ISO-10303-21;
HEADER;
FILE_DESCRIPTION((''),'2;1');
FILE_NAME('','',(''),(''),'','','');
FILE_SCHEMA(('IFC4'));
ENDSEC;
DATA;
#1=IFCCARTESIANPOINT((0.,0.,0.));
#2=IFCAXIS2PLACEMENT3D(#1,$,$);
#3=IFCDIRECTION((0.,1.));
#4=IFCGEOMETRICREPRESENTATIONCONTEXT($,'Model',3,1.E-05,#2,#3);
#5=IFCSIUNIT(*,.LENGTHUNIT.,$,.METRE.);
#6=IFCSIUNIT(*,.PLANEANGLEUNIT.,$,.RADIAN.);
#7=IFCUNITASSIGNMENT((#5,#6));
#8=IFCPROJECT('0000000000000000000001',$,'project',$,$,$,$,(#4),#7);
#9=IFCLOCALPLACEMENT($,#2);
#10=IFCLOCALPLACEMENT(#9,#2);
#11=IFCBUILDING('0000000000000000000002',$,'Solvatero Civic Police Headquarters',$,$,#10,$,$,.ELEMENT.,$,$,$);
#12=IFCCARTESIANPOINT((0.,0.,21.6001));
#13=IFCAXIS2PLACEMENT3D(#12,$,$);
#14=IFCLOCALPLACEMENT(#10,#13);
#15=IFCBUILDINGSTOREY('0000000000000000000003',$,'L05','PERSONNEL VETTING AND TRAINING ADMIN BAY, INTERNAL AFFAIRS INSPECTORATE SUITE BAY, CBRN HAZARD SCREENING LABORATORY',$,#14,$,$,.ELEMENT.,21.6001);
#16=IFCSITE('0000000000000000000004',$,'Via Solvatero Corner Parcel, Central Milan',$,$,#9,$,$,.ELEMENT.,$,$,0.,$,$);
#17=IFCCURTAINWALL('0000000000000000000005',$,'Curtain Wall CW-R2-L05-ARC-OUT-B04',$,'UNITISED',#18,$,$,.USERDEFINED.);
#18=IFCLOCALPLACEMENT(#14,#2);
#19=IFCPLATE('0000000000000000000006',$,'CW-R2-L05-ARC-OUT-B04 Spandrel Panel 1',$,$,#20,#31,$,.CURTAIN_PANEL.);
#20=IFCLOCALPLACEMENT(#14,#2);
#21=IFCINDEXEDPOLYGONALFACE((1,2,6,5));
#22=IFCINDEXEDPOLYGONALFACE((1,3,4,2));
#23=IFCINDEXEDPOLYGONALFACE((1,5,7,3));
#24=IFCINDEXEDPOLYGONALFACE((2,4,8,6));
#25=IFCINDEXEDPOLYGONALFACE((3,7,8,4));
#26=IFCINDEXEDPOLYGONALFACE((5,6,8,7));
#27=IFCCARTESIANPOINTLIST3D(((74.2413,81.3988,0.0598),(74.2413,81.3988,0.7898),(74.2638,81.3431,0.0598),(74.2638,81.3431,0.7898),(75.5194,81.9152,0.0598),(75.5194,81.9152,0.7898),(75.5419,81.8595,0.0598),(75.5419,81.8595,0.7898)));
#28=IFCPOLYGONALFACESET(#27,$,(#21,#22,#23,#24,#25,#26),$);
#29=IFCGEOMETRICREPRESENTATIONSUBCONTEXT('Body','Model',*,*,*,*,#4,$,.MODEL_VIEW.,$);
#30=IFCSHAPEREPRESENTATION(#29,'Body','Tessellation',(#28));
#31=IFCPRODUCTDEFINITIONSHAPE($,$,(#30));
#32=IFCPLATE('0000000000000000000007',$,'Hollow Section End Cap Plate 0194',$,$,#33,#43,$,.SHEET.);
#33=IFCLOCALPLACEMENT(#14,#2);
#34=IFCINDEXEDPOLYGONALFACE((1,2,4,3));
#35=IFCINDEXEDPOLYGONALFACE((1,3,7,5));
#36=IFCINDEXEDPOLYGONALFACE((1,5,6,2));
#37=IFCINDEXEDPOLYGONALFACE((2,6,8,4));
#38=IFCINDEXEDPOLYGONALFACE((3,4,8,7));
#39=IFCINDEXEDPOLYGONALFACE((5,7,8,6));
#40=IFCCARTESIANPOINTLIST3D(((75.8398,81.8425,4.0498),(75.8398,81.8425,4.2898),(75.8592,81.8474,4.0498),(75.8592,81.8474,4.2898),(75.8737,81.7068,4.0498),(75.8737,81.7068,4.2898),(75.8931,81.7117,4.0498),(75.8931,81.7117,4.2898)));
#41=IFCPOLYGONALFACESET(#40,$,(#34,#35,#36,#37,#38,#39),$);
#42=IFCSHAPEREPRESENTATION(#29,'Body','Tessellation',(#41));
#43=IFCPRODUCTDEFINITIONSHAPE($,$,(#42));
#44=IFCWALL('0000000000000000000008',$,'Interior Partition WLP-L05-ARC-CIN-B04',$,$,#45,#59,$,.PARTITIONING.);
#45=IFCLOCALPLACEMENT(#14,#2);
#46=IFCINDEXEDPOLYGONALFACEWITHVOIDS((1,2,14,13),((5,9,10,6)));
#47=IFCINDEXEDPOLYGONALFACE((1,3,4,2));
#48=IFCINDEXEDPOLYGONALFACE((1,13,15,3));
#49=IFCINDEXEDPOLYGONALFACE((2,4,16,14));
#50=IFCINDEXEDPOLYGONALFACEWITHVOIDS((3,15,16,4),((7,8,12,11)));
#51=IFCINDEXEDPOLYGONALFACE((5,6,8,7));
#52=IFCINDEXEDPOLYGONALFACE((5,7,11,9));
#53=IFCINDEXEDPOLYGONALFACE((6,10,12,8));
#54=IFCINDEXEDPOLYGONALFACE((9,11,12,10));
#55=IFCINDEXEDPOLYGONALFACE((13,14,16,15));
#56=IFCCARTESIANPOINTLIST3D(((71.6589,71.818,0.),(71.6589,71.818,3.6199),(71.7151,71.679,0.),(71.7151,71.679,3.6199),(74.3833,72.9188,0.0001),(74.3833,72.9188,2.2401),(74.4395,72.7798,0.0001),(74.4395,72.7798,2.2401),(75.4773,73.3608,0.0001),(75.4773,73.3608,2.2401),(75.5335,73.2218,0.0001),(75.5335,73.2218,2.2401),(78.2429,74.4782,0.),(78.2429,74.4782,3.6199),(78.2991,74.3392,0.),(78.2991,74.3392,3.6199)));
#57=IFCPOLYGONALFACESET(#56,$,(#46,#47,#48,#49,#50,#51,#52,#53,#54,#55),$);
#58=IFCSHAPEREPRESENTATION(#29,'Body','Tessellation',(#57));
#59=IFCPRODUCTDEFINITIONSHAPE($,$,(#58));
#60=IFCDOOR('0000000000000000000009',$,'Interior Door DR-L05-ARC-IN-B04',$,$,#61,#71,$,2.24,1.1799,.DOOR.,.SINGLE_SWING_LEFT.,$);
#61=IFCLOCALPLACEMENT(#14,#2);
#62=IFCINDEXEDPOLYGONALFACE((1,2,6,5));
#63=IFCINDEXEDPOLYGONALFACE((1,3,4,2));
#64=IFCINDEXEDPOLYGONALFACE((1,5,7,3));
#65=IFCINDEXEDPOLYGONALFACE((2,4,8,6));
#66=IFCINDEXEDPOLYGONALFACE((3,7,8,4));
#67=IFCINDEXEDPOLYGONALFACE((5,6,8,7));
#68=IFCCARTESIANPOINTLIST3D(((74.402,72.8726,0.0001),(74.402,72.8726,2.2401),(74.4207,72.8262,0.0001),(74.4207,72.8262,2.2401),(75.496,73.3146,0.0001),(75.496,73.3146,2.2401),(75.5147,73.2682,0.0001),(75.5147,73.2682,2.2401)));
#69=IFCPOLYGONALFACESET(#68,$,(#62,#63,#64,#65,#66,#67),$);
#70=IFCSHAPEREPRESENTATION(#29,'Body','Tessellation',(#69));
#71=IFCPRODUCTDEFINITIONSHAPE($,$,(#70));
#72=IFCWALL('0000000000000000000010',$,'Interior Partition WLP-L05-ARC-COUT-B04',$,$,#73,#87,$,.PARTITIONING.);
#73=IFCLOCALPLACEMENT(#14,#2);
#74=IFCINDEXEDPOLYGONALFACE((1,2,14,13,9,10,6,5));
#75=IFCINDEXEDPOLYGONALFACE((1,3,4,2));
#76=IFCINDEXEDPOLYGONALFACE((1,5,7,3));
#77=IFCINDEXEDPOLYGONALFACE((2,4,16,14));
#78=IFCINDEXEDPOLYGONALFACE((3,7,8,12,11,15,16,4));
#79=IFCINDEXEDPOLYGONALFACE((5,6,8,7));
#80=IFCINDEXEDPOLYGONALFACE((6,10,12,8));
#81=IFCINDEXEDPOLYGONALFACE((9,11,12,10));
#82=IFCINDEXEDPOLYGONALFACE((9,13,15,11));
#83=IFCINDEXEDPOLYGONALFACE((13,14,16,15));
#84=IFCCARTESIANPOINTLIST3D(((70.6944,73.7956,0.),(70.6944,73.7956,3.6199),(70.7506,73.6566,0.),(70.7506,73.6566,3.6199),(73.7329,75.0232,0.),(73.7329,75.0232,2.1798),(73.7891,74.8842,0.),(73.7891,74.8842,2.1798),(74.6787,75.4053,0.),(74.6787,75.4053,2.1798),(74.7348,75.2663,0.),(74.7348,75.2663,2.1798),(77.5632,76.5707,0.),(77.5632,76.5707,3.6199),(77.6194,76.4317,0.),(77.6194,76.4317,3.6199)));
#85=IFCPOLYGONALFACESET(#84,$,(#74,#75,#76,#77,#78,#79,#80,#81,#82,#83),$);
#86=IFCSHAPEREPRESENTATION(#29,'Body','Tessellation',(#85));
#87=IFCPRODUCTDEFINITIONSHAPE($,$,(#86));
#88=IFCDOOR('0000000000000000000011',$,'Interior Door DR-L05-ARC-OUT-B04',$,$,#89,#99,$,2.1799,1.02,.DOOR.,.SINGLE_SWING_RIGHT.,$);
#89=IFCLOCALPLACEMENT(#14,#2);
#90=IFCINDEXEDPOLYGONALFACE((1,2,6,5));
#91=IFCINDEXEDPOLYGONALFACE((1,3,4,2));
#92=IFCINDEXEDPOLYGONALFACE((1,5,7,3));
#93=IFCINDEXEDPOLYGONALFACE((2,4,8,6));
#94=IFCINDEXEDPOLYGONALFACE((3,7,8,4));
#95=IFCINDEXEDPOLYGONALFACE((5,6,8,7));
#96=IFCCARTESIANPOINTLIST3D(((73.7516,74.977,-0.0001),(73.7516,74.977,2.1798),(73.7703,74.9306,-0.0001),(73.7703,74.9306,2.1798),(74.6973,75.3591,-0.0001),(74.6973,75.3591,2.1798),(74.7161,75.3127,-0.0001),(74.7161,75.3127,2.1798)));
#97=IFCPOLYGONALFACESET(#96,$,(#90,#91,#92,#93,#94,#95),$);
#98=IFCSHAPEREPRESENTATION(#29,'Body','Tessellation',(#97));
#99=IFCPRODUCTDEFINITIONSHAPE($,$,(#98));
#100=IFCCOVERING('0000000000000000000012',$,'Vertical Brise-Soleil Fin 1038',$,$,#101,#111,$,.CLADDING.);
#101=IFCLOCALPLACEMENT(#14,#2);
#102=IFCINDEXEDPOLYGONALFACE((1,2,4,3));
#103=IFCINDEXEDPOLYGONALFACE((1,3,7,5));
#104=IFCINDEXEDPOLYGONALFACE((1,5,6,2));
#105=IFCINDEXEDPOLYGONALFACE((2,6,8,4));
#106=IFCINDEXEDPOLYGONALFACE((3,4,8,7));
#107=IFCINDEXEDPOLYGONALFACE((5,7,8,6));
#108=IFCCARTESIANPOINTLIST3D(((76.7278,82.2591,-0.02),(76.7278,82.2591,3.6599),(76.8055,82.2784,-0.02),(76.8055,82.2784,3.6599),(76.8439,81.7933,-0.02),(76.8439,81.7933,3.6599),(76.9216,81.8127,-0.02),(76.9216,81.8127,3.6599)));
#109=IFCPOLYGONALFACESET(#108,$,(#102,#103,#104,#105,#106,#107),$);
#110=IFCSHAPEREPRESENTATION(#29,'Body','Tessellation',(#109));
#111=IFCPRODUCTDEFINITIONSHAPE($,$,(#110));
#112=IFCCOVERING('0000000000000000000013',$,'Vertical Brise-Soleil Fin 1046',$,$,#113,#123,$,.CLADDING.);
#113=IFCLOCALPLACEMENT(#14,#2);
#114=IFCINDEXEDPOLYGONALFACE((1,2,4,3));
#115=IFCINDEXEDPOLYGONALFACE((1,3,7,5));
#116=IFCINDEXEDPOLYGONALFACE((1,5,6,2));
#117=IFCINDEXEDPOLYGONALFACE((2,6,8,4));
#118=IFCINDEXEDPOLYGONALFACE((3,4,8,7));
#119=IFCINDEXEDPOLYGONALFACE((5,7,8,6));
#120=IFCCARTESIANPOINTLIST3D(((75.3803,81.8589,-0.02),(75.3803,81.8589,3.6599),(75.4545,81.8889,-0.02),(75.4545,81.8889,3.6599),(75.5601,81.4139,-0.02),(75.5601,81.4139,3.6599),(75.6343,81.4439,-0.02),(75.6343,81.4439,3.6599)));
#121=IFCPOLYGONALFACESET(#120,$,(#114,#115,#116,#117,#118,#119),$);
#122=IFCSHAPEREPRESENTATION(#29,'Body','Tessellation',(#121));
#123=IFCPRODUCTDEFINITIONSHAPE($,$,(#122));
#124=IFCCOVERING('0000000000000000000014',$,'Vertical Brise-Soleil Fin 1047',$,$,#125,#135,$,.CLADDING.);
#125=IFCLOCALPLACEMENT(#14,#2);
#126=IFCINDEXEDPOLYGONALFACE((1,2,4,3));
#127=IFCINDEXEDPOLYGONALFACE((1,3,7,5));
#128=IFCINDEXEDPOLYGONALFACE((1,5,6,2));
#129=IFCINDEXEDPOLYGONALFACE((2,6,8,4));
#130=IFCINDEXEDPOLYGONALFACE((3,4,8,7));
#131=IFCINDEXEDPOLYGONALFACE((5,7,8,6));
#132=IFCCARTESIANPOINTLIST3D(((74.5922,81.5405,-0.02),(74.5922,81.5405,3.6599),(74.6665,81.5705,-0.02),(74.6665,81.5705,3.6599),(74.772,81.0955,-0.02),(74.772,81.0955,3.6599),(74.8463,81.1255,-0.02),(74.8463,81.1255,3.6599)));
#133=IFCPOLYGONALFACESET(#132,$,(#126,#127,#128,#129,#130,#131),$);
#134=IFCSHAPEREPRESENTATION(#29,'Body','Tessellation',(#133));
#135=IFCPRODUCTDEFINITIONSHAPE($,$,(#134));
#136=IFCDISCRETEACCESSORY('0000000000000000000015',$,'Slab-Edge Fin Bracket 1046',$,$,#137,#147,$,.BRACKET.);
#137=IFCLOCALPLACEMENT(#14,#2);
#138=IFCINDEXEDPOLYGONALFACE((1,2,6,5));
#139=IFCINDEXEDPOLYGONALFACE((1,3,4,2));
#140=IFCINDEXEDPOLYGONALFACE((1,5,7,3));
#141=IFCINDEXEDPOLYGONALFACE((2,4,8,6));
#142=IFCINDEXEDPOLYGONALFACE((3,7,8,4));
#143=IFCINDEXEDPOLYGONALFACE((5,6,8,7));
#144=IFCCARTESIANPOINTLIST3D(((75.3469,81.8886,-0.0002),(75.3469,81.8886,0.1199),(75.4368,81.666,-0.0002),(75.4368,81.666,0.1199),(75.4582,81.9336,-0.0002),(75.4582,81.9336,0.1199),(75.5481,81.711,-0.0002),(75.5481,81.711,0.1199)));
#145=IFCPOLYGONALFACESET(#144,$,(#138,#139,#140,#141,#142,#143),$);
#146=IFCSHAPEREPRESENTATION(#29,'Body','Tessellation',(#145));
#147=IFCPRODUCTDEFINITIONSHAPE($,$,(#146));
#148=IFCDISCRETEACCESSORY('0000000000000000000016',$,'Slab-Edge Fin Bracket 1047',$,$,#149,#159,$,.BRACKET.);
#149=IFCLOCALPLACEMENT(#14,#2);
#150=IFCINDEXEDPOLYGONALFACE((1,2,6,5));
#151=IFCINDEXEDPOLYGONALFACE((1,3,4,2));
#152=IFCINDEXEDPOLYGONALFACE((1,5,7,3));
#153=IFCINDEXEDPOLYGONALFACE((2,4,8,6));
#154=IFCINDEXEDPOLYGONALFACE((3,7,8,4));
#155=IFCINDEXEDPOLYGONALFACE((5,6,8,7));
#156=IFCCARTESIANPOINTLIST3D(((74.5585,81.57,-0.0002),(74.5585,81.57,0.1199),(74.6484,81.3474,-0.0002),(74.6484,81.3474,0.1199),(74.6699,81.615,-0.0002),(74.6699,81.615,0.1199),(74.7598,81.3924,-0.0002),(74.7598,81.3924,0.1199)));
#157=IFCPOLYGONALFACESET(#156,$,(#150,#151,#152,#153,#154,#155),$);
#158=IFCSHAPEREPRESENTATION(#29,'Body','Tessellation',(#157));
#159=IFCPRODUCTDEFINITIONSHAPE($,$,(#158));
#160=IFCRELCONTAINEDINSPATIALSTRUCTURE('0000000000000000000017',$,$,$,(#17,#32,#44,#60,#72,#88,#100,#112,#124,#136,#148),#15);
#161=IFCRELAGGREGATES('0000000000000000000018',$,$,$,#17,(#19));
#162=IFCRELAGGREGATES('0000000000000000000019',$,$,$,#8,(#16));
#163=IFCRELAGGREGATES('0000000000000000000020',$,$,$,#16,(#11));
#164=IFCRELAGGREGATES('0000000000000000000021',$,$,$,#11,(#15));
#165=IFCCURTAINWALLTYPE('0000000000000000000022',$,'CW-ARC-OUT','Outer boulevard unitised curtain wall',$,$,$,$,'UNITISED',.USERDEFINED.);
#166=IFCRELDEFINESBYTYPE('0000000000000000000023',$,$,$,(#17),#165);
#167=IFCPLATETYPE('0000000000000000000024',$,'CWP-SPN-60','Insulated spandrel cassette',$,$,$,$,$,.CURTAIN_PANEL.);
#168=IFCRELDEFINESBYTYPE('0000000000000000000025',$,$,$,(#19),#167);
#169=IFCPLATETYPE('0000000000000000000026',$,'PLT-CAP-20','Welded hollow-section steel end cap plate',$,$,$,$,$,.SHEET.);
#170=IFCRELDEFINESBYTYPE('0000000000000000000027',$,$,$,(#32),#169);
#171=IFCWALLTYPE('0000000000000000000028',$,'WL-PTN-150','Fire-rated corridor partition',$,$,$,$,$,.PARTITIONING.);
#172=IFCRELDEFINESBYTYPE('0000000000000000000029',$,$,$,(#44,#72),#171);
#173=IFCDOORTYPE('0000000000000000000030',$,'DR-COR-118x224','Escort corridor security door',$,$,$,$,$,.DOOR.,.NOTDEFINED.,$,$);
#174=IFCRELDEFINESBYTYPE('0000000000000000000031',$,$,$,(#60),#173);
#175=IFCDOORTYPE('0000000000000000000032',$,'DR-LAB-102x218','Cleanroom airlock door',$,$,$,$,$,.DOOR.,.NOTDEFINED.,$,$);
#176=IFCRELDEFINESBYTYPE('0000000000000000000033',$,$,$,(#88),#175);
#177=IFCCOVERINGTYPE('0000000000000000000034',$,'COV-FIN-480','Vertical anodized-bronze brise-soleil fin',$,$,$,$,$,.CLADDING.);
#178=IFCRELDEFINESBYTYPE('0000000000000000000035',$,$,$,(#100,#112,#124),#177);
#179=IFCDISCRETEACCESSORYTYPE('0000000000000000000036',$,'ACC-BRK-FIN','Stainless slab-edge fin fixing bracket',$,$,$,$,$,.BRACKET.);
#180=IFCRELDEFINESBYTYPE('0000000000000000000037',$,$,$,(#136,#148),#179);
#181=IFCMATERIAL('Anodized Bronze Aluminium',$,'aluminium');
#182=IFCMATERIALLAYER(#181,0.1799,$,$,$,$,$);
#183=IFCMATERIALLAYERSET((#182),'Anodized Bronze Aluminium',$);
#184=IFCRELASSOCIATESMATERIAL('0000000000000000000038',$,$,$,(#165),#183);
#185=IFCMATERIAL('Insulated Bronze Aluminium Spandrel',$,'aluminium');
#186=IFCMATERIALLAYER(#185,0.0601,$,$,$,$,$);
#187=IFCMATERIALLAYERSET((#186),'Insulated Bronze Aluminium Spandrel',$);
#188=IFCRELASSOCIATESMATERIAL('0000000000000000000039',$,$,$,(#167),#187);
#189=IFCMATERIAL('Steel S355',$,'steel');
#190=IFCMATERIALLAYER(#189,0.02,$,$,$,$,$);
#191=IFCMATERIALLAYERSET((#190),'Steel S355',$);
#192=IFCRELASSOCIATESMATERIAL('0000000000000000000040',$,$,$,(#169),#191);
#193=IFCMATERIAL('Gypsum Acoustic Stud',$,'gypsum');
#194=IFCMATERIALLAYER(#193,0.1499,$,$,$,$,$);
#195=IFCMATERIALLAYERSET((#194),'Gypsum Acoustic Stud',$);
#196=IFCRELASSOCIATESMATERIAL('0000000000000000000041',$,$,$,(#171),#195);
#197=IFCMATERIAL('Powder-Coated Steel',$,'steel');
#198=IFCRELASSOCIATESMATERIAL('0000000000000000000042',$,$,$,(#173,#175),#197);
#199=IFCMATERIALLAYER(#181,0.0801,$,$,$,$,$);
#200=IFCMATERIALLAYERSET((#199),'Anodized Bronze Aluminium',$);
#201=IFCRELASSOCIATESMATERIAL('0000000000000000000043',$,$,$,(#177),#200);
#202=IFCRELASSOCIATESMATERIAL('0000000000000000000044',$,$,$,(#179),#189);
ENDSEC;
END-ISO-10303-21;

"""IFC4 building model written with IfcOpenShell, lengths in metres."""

from ifc_helpers import new_model, si_unit, direction, frame, frame_2d, origin, origin_2d, place, context, subcontext, project, spatial, rectangle, extrude, material, layer, layer_set, type_object, element, fill, aggregate, save


model = new_model("IFC4")

# Units and contexts
model_context = context("Model", 3, precision=1e-05, world=origin(), true_north=direction((0.0, 1.0)))
body_context = subcontext(model_context, "Body", "Model", "MODEL_VIEW")
ifc_project = project(units=[si_unit("LENGTHUNIT", "METRE"), si_unit("PLANEANGLEUNIT", "RADIAN")], contexts=[model_context])

# Site, building, storey
site_placement = place(None, origin())
site = spatial("IfcSite", under=ifc_project, at=site_placement, Name="Via Solvatero Corner Parcel, Central Milan", CompositionType="ELEMENT", RefElevation=0.0)
building_placement = place(site_placement, origin())
building = spatial("IfcBuilding", under=site, at=building_placement, Name="Solvatero Civic Police Headquarters", CompositionType="ELEMENT")
storey_placement = place(building_placement, frame((0.0, 0.0, 21.6001)))
storey = spatial("IfcBuildingStorey", under=building, at=storey_placement, Name="L05", Description="PERSONNEL VETTING AND TRAINING ADMIN BAY, INTERNAL AFFAIRS INSPECTORATE SUITE BAY, CBRN HAZARD SCREENING LABORATORY", CompositionType="ELEMENT", Elevation=21.6001)

# Shared definitions
ifc_material_1 = material(Name="Steel S355", Category="steel")

# Curtain wall, plate
ifc_material_2 = material(Name="Anodized Bronze Aluminium", Category="aluminium")
ifc_layer_1 = layer(ifc_material_2, 0.1799)
ifc_layer_set_1 = layer_set([ifc_layer_1], Name="Anodized Bronze Aluminium")
curtain_wall_type = type_object("IfcCurtainWallType", Name="CW-ARC-OUT", Description="Outer boulevard unitised curtain wall", ElementType="UNITISED", PredefinedType="USERDEFINED", material=ifc_layer_set_1)
curtain_wall_placement = place(storey_placement, origin())
curtain_wall = element("IfcCurtainWall", 1, at=curtain_wall_placement, inside=storey, type_object=curtain_wall_type, Name="Curtain Wall CW-R2-L05-ARC-OUT-B04", ObjectType="UNITISED", PredefinedType="USERDEFINED")
ifc_material_3 = material(Name="Insulated Bronze Aluminium Spandrel", Category="aluminium")
ifc_layer_2 = layer(ifc_material_3, 0.0601)
ifc_layer_set_2 = layer_set([ifc_layer_2], Name="Insulated Bronze Aluminium Spandrel")
plate_type_1 = type_object("IfcPlateType", Name="CWP-SPN-60", Description="Insulated spandrel cassette", PredefinedType="CURTAIN_PANEL", material=ifc_layer_set_2)
plate_1_placement = place(storey_placement, frame((74.8916, 81.6292, 0.0598), z_axis=(0.0, 0.0, 1.0), x_axis=(-0.927184, -0.374607, 0.0)))
plate_1 = element("IfcPlate", 2, at=plate_1_placement, type_object=plate_type_1, Name="CW-R2-L05-ARC-OUT-B04 Spandrel Panel 1", PredefinedType="CURTAIN_PANEL", context=body_context, shape_type="SweptSolid", body=[
    extrude(rectangle(XDim=1.3784, YDim=0.0601, at=origin_2d()), origin(), (0.0, 0.0, 1.0), 0.73),
])
aggregate(curtain_wall, [plate_1])

# Plate
ifc_layer_3 = layer(ifc_material_1, 0.02)
ifc_layer_set_3 = layer_set([ifc_layer_3], Name="Steel S355")
plate_type_2 = type_object("IfcPlateType", Name="PLT-CAP-20", Description="Welded hollow-section steel end cap plate", PredefinedType="SHEET", material=ifc_layer_set_3)
plate_2_placement = place(storey_placement, frame((75.8665, 81.7771, 4.0498), z_axis=(0.0, 0.0, 1.0), x_axis=(-0.970296, -0.241922, 0.0)))
element("IfcPlate", 3, at=plate_2_placement, inside=storey, type_object=plate_type_2, Name="Hollow Section End Cap Plate 0194", PredefinedType="SHEET", context=body_context, shape_type="SweptSolid", body=[
    extrude(rectangle(XDim=0.02, YDim=0.1399, at=origin_2d()), origin(), (0.0, 0.0, 1.0), 0.24),
])

# Walls, openings, doors
ifc_material_4 = material(Name="Gypsum Acoustic Stud", Category="gypsum")
ifc_layer_4 = layer(ifc_material_4, 0.1499)
ifc_layer_set_4 = layer_set([ifc_layer_4], Name="Gypsum Acoustic Stud")
wall_type = type_object("IfcWallType", Name="WL-PTN-150", Description="Fire-rated corridor partition", PredefinedType="PARTITIONING", material=ifc_layer_set_4)
wall_1_placement = place(storey_placement, frame((78.271, 74.4087, 0.0), z_axis=(0.0, 0.0, 1.0), x_axis=(-0.927181, -0.374613, 0.0)))
wall_1 = element("IfcWall", 4, at=wall_1_placement, inside=storey, type_object=wall_type, Name="Interior Partition WLP-L05-ARC-CIN-B04", PredefinedType="PARTITIONING", context=body_context, shape_type="SweptSolid", body=[
    extrude(rectangle(XDim=7.1011, YDim=0.1499, at=frame_2d((3.5505, 0.0))), origin(), (0.0, 0.0, 1.0), 3.6199),
])
opening_1_placement = place(wall_1_placement, frame((2.9829, 0.0, 0.0)))
opening_1 = element("IfcOpeningElement", 5, at=opening_1_placement, cuts=wall_1, PredefinedType="OPENING", context=body_context, shape_type="SweptSolid", body=[
    extrude(rectangle(XDim=1.1799, YDim=2.24, at=frame_2d((0.5898, 1.1201))), frame((0.0, 0.085, 0.0), z_axis=(0.0, -1.0, 0.0), x_axis=(1.0, 0.0, 0.0)), (0.0, 0.0, 1.0), 0.1699),
])
ifc_material_5 = material(Name="Powder-Coated Steel", Category="steel")
door_type_1 = type_object("IfcDoorType", Name="DR-COR-118x224", Description="Escort corridor security door", OperationType="NOTDEFINED", PredefinedType="DOOR", material=ifc_material_5)
door_1_placement = place(opening_1_placement, origin())
door_1 = element("IfcDoor", 6, at=door_1_placement, inside=storey, type_object=door_type_1, Name="Interior Door DR-L05-ARC-IN-B04", OperationType="SINGLE_SWING_LEFT", OverallHeight=2.24, OverallWidth=1.1799, PredefinedType="DOOR", context=body_context, shape_type="SweptSolid", body=[
    extrude(rectangle(XDim=1.1799, YDim=2.24, at=frame_2d((0.5898, 1.1201))), frame((0.0, 0.0249, 0.0), z_axis=(0.0, -1.0, 0.0), x_axis=(1.0, 0.0, 0.0)), (0.0, 0.0, 1.0), 0.05),
])
fill(opening_1, door_1)
wall_2_placement = place(storey_placement, frame((77.5913, 76.5012, 0.0), z_axis=(0.0, 0.0, 1.0), x_axis=(-0.927187, -0.374599, 0.0)))
wall_2 = element("IfcWall", 7, at=wall_2_placement, inside=storey, type_object=wall_type, Name="Interior Partition WLP-L05-ARC-COUT-B04", PredefinedType="PARTITIONING", context=body_context, shape_type="SweptSolid", body=[
    extrude(rectangle(XDim=7.4082, YDim=0.1499, at=frame_2d((3.7041, 0.0))), origin(), (0.0, 0.0, 1.0), 3.6199),
])
opening_2_placement = place(wall_2_placement, frame((3.1111, 0.0, 0.0)))
opening_2 = element("IfcOpeningElement", 8, at=opening_2_placement, cuts=wall_2, PredefinedType="OPENING", context=body_context, shape_type="SweptSolid", body=[
    extrude(rectangle(XDim=1.02, YDim=2.1799, at=frame_2d((0.51, 1.0898))), frame((0.0, 0.085, 0.0), z_axis=(0.0, -1.0, 0.0), x_axis=(1.0, 0.0, 0.0)), (0.0, 0.0, 1.0), 0.1699),
])
door_type_2 = type_object("IfcDoorType", Name="DR-LAB-102x218", Description="Cleanroom airlock door", OperationType="NOTDEFINED", PredefinedType="DOOR", material=ifc_material_5)
door_2_placement = place(opening_2_placement, origin())
door_2 = element("IfcDoor", 9, at=door_2_placement, inside=storey, type_object=door_type_2, Name="Interior Door DR-L05-ARC-OUT-B04", OperationType="SINGLE_SWING_RIGHT", OverallHeight=2.1799, OverallWidth=1.02, PredefinedType="DOOR", context=body_context, shape_type="SweptSolid", body=[
    extrude(rectangle(XDim=1.02, YDim=2.1799, at=frame_2d((0.51, 1.0898))), frame((0.0, 0.0249, 0.0), z_axis=(0.0, -1.0, 0.0), x_axis=(1.0, 0.0, 0.0)), (0.0, 0.0, 1.0), 0.05),
])
fill(opening_2, door_2)

# Coverings
ifc_layer_5 = layer(ifc_material_2, 0.0801)
ifc_layer_set_5 = layer_set([ifc_layer_5], Name="Anodized Bronze Aluminium")
covering_type = type_object("IfcCoveringType", Name="COV-FIN-480", Description="Vertical anodized-bronze brise-soleil fin", PredefinedType="CLADDING", material=ifc_layer_set_5)
for number, where, z_axis, x_axis, name in (
    (10, (76.8247, 82.0359, -0.02), (0.0, 0.0, 1.0), (-0.970296, -0.241922, 0.0), "Vertical Brise-Soleil Fin 1038"),
    (11, (75.5073, 81.6514, -0.02), (0.0, 0.0, 1.0), (-0.927184, -0.374607, 0.0), "Vertical Brise-Soleil Fin 1046"),
    (12, (74.7192, 81.333, -0.02), (0.0, 0.0, 1.0), (-0.927184, -0.374607, 0.0), "Vertical Brise-Soleil Fin 1047"),
):
    element("IfcCovering", number, at=place(storey_placement, frame(where, z_axis=z_axis, x_axis=x_axis)), inside=storey, type_object=covering_type, Name=name, PredefinedType="CLADDING", context=body_context, shape_type="SweptSolid", body=[
        extrude(rectangle(XDim=0.0801, YDim=0.48, at=origin_2d()), origin(), (0.0, 0.0, 1.0), 3.6799),
    ])

# Discrete accessories
discrete_accessory_type = type_object("IfcDiscreteAccessoryType", Name="ACC-BRK-FIN", Description="Stainless slab-edge fin fixing bracket", PredefinedType="BRACKET", material=ifc_material_1)
for number, where, z_axis, x_axis, name in (
    (13, (75.4475, 81.7998, -0.0002), (0.0, 0.0, 1.0), (-0.927184, -0.374607, 0.0), "Slab-Edge Fin Bracket 1046"),
    (14, (74.6592, 81.4812, -0.0002), (0.0, 0.0, 1.0), (-0.927184, -0.374607, 0.0), "Slab-Edge Fin Bracket 1047"),
):
    element("IfcDiscreteAccessory", number, at=place(storey_placement, frame(where, z_axis=z_axis, x_axis=x_axis)), inside=storey, type_object=discrete_accessory_type, Name=name, PredefinedType="BRACKET", context=body_context, shape_type="SweptSolid", body=[
        extrude(rectangle(XDim=0.1201, YDim=0.24, at=origin_2d()), origin(), (0.0, 0.0, 1.0), 0.1201),
    ])

save(model, "model.ifc")
